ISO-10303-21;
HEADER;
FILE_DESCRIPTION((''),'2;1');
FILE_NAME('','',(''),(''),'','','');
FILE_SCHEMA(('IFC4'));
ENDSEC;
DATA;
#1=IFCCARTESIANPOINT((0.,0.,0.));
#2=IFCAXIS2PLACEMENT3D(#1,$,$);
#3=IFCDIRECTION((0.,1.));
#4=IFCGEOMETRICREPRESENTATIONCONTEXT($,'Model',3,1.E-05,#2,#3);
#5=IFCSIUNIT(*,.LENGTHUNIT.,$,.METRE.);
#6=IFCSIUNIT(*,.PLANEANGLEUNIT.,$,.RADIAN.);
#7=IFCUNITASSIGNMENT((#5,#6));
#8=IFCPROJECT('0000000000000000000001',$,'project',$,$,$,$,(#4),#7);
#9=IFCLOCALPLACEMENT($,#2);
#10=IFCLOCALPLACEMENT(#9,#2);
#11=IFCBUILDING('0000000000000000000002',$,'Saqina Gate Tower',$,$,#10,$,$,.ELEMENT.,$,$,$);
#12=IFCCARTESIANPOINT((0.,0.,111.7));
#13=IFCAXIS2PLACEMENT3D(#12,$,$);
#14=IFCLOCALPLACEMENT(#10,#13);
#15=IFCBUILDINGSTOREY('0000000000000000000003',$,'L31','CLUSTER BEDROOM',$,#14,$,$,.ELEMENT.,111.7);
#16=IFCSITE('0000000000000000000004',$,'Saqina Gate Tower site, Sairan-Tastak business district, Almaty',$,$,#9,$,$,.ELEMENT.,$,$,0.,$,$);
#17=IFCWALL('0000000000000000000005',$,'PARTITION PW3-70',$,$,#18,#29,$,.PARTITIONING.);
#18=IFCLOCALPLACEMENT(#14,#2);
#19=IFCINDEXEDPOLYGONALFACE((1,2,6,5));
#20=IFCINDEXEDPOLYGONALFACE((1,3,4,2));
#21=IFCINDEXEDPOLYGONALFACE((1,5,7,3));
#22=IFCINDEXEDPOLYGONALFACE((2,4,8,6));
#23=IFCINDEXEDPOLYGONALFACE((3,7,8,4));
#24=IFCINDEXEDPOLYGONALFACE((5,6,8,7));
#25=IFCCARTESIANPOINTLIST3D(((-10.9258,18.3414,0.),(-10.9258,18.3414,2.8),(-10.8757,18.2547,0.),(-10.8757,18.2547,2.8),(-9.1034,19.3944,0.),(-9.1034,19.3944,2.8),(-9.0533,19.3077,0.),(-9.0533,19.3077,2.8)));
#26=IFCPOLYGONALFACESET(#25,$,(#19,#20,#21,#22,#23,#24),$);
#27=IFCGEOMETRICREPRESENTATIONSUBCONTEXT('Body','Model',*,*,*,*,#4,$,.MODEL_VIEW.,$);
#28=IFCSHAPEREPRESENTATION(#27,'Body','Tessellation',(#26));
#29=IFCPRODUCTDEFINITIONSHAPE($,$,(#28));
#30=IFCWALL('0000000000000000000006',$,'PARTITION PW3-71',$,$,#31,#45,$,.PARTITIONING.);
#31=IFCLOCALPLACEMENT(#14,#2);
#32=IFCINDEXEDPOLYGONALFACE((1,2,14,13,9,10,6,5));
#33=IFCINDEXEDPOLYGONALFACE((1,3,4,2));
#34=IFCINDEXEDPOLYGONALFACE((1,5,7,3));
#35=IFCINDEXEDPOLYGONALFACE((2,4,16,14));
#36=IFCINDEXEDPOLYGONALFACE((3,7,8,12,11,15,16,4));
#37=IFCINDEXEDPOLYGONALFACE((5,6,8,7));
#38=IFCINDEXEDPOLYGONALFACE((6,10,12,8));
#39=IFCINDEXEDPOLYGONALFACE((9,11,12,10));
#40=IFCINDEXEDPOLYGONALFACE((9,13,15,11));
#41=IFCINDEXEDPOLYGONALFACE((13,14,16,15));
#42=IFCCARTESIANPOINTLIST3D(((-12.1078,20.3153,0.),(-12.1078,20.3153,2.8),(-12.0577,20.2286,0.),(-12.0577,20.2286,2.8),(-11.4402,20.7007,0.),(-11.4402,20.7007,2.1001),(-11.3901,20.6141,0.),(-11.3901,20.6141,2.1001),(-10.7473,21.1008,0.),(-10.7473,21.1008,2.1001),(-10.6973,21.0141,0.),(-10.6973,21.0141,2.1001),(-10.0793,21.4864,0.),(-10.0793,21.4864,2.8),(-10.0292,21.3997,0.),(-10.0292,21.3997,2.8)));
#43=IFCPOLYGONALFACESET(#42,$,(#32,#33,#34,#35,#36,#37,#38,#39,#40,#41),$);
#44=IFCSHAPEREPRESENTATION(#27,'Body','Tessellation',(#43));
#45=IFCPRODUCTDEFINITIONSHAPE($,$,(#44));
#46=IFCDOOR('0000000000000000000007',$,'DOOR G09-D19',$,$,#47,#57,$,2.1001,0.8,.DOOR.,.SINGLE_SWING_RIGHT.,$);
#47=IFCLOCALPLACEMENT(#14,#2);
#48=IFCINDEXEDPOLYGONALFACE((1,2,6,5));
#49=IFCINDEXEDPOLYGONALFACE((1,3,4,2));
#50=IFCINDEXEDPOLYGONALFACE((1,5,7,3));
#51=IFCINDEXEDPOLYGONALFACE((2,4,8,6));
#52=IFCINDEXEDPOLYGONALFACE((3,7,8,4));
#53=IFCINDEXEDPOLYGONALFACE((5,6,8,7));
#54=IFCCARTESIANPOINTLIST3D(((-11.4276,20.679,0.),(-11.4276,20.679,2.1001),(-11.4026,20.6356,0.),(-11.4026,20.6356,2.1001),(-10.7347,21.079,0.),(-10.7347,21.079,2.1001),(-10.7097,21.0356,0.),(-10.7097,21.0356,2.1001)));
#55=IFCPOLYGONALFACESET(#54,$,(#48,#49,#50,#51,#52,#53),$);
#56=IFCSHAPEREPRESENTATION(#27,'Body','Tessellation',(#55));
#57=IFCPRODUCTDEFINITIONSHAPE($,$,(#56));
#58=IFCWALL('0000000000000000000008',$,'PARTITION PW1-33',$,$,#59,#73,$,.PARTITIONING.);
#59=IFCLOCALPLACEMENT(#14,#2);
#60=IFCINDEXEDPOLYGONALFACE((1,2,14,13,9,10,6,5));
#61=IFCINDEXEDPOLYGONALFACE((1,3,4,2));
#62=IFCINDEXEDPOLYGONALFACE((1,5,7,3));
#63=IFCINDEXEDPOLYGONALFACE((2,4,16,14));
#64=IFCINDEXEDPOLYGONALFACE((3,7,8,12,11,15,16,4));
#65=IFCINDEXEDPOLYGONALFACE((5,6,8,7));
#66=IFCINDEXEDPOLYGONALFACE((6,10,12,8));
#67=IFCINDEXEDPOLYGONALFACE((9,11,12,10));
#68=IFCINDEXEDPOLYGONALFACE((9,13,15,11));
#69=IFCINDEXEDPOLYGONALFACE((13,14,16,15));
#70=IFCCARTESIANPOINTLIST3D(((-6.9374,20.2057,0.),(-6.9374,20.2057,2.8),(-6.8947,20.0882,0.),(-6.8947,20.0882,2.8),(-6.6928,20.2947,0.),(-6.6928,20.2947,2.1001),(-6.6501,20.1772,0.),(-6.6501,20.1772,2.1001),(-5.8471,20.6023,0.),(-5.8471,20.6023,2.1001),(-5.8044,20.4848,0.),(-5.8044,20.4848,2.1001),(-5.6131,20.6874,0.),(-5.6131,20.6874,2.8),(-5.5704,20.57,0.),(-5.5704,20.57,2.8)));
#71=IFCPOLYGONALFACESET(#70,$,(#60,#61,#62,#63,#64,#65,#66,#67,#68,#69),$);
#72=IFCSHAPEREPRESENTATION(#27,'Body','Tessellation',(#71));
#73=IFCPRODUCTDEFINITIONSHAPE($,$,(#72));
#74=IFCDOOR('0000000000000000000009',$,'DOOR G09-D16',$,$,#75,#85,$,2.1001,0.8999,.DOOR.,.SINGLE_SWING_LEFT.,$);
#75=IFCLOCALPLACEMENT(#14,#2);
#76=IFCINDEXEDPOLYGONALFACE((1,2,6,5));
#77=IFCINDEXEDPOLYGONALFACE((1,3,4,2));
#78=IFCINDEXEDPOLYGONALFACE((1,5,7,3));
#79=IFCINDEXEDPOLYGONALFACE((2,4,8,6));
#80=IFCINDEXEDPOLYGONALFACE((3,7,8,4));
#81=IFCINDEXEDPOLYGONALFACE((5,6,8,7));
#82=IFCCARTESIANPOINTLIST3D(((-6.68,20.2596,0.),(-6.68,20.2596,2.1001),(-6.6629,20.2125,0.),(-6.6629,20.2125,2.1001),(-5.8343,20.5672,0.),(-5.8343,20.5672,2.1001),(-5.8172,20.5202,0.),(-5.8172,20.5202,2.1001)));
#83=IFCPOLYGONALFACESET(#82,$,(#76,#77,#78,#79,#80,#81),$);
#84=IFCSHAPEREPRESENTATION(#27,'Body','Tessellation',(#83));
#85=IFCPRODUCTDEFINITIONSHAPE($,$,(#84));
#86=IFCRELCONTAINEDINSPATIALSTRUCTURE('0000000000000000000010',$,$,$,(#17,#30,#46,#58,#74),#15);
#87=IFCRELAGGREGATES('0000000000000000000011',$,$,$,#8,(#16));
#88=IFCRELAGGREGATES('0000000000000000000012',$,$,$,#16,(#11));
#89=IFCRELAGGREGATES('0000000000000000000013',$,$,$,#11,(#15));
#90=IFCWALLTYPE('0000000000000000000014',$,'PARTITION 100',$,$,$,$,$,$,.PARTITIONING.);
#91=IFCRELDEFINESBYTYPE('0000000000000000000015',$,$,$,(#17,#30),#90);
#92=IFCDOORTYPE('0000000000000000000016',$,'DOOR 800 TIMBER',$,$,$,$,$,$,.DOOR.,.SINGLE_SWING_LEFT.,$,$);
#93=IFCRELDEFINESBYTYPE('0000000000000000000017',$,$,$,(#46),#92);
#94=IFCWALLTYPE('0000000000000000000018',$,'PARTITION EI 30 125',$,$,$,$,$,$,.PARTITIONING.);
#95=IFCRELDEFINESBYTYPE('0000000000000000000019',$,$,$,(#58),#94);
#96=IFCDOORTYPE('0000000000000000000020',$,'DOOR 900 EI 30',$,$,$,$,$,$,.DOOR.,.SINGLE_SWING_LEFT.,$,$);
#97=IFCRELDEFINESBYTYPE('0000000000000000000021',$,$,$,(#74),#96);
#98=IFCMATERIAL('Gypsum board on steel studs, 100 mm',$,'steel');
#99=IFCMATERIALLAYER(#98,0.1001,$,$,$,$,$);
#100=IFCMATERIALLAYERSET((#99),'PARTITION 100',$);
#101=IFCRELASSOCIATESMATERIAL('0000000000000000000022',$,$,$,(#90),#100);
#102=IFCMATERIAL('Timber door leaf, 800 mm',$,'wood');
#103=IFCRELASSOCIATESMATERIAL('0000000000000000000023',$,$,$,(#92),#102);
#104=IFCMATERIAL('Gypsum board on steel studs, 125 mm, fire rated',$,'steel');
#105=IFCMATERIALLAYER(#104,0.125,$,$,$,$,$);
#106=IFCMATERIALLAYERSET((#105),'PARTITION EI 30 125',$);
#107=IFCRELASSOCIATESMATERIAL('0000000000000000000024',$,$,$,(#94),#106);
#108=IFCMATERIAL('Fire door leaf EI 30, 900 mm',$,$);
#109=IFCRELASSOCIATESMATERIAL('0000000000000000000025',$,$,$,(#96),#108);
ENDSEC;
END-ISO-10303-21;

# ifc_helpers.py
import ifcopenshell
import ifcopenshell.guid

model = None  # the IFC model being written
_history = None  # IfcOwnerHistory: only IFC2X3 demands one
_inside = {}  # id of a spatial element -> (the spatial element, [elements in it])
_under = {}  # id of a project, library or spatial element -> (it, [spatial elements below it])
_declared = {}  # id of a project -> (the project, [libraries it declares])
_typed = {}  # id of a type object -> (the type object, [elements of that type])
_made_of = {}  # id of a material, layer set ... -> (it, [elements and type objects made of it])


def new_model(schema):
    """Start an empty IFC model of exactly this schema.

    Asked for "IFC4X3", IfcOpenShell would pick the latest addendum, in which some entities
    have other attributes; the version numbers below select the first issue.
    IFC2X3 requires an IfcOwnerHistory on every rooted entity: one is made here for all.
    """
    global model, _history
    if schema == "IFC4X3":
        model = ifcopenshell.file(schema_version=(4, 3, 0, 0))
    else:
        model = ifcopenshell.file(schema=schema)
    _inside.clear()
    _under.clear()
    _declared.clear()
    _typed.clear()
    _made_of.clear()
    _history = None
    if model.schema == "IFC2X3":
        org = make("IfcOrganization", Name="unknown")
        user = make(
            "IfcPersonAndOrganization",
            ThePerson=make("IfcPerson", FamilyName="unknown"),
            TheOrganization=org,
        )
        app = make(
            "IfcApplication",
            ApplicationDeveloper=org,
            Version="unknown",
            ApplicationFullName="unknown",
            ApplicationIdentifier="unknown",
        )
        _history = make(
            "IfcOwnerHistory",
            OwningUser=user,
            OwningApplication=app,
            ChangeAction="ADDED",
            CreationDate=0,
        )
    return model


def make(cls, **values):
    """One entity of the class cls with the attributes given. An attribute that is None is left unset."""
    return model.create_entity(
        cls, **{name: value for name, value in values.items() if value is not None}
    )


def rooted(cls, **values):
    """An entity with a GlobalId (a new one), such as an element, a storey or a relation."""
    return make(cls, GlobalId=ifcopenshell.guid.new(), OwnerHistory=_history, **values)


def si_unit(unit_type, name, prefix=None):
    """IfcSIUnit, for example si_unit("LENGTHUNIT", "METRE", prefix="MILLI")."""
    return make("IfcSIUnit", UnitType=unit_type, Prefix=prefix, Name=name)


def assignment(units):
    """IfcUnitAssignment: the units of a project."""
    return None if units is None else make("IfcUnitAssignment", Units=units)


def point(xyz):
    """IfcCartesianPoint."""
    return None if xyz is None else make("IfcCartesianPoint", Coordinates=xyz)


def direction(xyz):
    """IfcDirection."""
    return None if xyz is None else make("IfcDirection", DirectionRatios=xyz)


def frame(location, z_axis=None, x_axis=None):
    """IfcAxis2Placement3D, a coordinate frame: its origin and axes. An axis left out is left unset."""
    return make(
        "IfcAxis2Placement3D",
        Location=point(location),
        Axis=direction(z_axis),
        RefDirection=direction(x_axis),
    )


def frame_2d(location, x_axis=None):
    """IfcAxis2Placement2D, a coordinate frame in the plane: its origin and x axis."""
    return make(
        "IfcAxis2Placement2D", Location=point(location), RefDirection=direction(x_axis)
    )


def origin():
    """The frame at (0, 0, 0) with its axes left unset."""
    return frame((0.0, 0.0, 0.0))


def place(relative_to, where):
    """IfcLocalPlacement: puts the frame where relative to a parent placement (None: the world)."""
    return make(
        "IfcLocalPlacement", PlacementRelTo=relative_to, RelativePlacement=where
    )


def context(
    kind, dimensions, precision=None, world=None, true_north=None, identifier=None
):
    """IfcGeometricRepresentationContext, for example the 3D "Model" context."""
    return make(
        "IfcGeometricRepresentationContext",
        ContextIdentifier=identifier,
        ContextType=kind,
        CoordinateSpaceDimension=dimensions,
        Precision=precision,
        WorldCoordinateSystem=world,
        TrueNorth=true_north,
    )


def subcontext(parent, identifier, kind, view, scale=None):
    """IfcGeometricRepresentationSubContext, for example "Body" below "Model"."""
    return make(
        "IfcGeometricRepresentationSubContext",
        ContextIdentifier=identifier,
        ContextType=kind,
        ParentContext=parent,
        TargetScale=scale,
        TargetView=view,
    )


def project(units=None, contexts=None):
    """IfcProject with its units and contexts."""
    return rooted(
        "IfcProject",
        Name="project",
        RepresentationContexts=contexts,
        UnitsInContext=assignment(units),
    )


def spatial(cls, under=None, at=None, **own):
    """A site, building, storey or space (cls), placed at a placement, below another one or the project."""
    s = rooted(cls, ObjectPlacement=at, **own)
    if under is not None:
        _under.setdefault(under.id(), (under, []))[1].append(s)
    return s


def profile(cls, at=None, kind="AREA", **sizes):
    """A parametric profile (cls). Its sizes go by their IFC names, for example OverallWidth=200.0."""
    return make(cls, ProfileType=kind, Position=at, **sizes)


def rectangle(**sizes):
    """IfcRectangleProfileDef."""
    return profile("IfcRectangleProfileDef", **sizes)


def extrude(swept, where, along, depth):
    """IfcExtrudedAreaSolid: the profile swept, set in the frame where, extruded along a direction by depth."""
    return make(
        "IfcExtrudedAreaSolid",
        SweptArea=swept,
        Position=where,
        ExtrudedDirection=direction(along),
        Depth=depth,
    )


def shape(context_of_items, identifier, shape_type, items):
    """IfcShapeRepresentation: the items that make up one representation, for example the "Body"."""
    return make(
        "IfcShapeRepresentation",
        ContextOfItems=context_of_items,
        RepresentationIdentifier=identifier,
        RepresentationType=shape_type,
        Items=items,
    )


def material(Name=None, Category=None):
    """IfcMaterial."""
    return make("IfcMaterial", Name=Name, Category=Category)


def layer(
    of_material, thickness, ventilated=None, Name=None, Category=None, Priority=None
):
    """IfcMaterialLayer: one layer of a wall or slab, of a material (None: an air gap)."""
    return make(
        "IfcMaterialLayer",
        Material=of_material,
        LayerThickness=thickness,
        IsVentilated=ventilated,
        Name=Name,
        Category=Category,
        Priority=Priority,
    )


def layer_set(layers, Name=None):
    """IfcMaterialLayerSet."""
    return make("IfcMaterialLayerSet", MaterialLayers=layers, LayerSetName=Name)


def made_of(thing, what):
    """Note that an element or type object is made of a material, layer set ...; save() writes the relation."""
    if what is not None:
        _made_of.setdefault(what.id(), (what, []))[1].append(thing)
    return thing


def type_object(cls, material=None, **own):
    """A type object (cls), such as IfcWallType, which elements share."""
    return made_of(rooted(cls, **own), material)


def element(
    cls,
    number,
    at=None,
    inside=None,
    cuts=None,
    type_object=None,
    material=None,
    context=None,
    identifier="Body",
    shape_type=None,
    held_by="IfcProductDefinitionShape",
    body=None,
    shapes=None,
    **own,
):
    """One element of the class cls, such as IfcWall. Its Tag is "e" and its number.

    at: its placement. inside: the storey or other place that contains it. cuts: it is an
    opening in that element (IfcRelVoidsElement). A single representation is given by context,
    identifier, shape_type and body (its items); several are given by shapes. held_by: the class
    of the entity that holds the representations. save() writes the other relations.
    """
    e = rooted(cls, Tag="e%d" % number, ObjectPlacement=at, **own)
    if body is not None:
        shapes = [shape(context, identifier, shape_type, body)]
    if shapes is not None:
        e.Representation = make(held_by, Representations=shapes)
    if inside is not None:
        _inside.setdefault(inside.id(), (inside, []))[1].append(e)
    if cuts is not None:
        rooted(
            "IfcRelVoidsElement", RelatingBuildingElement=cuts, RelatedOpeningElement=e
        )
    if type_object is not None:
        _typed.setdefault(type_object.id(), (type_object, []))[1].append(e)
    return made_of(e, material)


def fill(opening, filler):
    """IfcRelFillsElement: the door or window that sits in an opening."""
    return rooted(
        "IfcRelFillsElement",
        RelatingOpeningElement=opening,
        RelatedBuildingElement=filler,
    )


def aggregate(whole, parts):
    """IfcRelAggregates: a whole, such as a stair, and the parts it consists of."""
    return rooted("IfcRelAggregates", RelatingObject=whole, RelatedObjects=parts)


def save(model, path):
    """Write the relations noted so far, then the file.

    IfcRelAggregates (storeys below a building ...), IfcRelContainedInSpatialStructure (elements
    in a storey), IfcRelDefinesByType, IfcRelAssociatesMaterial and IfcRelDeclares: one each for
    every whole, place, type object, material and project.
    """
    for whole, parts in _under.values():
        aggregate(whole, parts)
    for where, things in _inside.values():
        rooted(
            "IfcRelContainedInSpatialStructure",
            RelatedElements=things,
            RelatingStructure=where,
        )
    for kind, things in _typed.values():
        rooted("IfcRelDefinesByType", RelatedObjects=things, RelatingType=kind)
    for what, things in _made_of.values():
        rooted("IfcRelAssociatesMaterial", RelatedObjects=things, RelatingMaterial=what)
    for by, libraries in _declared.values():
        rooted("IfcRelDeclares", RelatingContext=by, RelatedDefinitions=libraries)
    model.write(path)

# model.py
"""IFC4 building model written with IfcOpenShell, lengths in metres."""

from ifc_helpers import new_model, si_unit, direction, frame, frame_2d, origin, place, context, subcontext, project, spatial, rectangle, extrude, material, layer, layer_set, type_object, element, fill, save


model = new_model("IFC4")

# Units and contexts
model_context = context("Model", 3, precision=1e-05, world=origin(), true_north=direction((0.0, 1.0)))
body_context = subcontext(model_context, "Body", "Model", "MODEL_VIEW")
ifc_project = project(units=[si_unit("LENGTHUNIT", "METRE"), si_unit("PLANEANGLEUNIT", "RADIAN")], contexts=[model_context])

# Site, building, storey
site_placement = place(None, origin())
site = spatial("IfcSite", under=ifc_project, at=site_placement, Name="Saqina Gate Tower site, Sairan-Tastak business district, Almaty", CompositionType="ELEMENT", RefElevation=0.0)
building_placement = place(site_placement, origin())
building = spatial("IfcBuilding", under=site, at=building_placement, Name="Saqina Gate Tower", CompositionType="ELEMENT")
storey_placement = place(building_placement, frame((0.0, 0.0, 111.7)))
storey = spatial("IfcBuildingStorey", under=building, at=storey_placement, Name="L31", Description="CLUSTER BEDROOM", CompositionType="ELEMENT", Elevation=111.7)

# Shared definitions
ifc_material_1 = material(Name="Gypsum board on steel studs, 100 mm", Category="steel")
ifc_layer_1 = layer(ifc_material_1, 0.1001)
ifc_layer_set_1 = layer_set([ifc_layer_1], Name="PARTITION 100")
wall_type_1 = type_object("IfcWallType", Name="PARTITION 100", PredefinedType="PARTITIONING", material=ifc_layer_set_1)

# Shared definitions
ifc_material_2 = material(Name="Timber door leaf, 800 mm", Category="wood")
door_type_1 = type_object("IfcDoorType", Name="DOOR 800 TIMBER", OperationType="SINGLE_SWING_LEFT", PredefinedType="DOOR", material=ifc_material_2)

# Wall
wall_1_placement = place(storey_placement, frame((-10.9006, 18.2981, 0.0), z_axis=(0.0, 0.0, 1.0), x_axis=(0.865842, 0.500318, 0.0)))
element("IfcWall", 1, at=wall_1_placement, inside=storey, type_object=wall_type_1, Name="PARTITION PW3-70", PredefinedType="PARTITIONING", context=body_context, shape_type="SweptSolid", body=[
    extrude(rectangle(XDim=2.1047, YDim=0.1001, at=frame_2d((1.0522, 0.0))), origin(), (0.0, 0.0, 1.0), 2.8),
])

# Walls, openings, doors
wall_2_placement = place(storey_placement, frame((-12.0828, 20.272, 0.0), z_axis=(0.0, 0.0, 1.0), x_axis=(0.866035, 0.499984, 0.0)))
wall_2 = element("IfcWall", 2, at=wall_2_placement, inside=storey, type_object=wall_type_1, Name="PARTITION PW3-71", PredefinedType="PARTITIONING", context=body_context, shape_type="SweptSolid", body=[
    extrude(rectangle(XDim=2.3423, YDim=0.1001, at=frame_2d((1.1711, 0.0))), origin(), (0.0, 0.0, 1.0), 2.8),
])
opening_1_placement = place(wall_2_placement, frame((0.771, 0.0, 0.0)))
opening_1 = element("IfcOpeningElement", 3, at=opening_1_placement, cuts=wall_2, PredefinedType="OPENING", context=body_context, shape_type="SweptSolid", body=[
    extrude(rectangle(XDim=0.8, YDim=2.1001, at=frame_2d((0.3999, 1.05))), frame((0.0, 0.062, 0.0), z_axis=(0.0, -1.0, 0.0), x_axis=(1.0, 0.0, 0.0)), (0.0, 0.0, 1.0), 0.124),
])
door_1_placement = place(opening_1_placement, origin())
door_1 = element("IfcDoor", 4, at=door_1_placement, inside=storey, type_object=door_type_1, Name="DOOR G09-D19", OperationType="SINGLE_SWING_RIGHT", OverallHeight=2.1001, OverallWidth=0.8, PredefinedType="DOOR", context=body_context, shape_type="SweptSolid", body=[
    extrude(rectangle(XDim=0.8, YDim=2.1001, at=frame_2d((0.3999, 1.05))), frame((0.0, 0.0249, 0.0), z_axis=(0.0, -1.0, 0.0), x_axis=(1.0, 0.0, 0.0)), (0.0, 0.0, 1.0), 0.05),
])
fill(opening_1, door_1)
ifc_material_3 = material(Name="Gypsum board on steel studs, 125 mm, fire rated", Category="steel")
ifc_layer_2 = layer(ifc_material_3, 0.125)
ifc_layer_set_2 = layer_set([ifc_layer_2], Name="PARTITION EI 30 125")
wall_type_2 = type_object("IfcWallType", Name="PARTITION EI 30 125", PredefinedType="PARTITIONING", material=ifc_layer_set_2)
wall_3_placement = place(storey_placement, frame((-6.916, 20.147, 0.0), z_axis=(0.0, 0.0, 1.0), x_axis=(0.939758, 0.34184, 0.0)))
wall_3 = element("IfcWall", 5, at=wall_3_placement, inside=storey, type_object=wall_type_2, Name="PARTITION PW1-33", PredefinedType="PARTITIONING", context=body_context, shape_type="SweptSolid", body=[
    extrude(rectangle(XDim=1.4092, YDim=0.125, at=frame_2d((0.7046, 0.0))), origin(), (0.0, 0.0, 1.0), 2.8),
])
opening_2_placement = place(wall_3_placement, frame((0.2603, 0.0, 0.0)))
opening_2 = element("IfcOpeningElement", 6, at=opening_2_placement, cuts=wall_3, PredefinedType="OPENING", context=body_context, shape_type="SweptSolid", body=[
    extrude(rectangle(XDim=0.8999, YDim=2.1001, at=frame_2d((0.45, 1.05))), frame((0.0, 0.0745, 0.0), z_axis=(0.0, -1.0, 0.0), x_axis=(1.0, 0.0, 0.0)), (0.0, 0.0, 1.0), 0.1489),
])
ifc_material_4 = material(Name="Fire door leaf EI 30, 900 mm")
door_type_2 = type_object("IfcDoorType", Name="DOOR 900 EI 30", OperationType="SINGLE_SWING_LEFT", PredefinedType="DOOR", material=ifc_material_4)
door_2_placement = place(opening_2_placement, frame((0.8999, 0.0, 0.0), z_axis=(0.0, 0.0, 1.0), x_axis=(-1.0, 0.0, 0.0)))
door_2 = element("IfcDoor", 7, at=door_2_placement, inside=storey, type_object=door_type_2, Name="DOOR G09-D16", OperationType="SINGLE_SWING_LEFT", OverallHeight=2.1001, OverallWidth=0.8999, PredefinedType="DOOR", context=body_context, shape_type="SweptSolid", body=[
    extrude(rectangle(XDim=0.8999, YDim=2.1001, at=frame_2d((0.45, 1.05))), frame((0.0, 0.0249, 0.0), z_axis=(0.0, -1.0, 0.0), x_axis=(1.0, 0.0, 0.0)), (0.0, 0.0, 1.0), 0.05),
])
fill(opening_2, door_2)

save(model, "model.ifc")
